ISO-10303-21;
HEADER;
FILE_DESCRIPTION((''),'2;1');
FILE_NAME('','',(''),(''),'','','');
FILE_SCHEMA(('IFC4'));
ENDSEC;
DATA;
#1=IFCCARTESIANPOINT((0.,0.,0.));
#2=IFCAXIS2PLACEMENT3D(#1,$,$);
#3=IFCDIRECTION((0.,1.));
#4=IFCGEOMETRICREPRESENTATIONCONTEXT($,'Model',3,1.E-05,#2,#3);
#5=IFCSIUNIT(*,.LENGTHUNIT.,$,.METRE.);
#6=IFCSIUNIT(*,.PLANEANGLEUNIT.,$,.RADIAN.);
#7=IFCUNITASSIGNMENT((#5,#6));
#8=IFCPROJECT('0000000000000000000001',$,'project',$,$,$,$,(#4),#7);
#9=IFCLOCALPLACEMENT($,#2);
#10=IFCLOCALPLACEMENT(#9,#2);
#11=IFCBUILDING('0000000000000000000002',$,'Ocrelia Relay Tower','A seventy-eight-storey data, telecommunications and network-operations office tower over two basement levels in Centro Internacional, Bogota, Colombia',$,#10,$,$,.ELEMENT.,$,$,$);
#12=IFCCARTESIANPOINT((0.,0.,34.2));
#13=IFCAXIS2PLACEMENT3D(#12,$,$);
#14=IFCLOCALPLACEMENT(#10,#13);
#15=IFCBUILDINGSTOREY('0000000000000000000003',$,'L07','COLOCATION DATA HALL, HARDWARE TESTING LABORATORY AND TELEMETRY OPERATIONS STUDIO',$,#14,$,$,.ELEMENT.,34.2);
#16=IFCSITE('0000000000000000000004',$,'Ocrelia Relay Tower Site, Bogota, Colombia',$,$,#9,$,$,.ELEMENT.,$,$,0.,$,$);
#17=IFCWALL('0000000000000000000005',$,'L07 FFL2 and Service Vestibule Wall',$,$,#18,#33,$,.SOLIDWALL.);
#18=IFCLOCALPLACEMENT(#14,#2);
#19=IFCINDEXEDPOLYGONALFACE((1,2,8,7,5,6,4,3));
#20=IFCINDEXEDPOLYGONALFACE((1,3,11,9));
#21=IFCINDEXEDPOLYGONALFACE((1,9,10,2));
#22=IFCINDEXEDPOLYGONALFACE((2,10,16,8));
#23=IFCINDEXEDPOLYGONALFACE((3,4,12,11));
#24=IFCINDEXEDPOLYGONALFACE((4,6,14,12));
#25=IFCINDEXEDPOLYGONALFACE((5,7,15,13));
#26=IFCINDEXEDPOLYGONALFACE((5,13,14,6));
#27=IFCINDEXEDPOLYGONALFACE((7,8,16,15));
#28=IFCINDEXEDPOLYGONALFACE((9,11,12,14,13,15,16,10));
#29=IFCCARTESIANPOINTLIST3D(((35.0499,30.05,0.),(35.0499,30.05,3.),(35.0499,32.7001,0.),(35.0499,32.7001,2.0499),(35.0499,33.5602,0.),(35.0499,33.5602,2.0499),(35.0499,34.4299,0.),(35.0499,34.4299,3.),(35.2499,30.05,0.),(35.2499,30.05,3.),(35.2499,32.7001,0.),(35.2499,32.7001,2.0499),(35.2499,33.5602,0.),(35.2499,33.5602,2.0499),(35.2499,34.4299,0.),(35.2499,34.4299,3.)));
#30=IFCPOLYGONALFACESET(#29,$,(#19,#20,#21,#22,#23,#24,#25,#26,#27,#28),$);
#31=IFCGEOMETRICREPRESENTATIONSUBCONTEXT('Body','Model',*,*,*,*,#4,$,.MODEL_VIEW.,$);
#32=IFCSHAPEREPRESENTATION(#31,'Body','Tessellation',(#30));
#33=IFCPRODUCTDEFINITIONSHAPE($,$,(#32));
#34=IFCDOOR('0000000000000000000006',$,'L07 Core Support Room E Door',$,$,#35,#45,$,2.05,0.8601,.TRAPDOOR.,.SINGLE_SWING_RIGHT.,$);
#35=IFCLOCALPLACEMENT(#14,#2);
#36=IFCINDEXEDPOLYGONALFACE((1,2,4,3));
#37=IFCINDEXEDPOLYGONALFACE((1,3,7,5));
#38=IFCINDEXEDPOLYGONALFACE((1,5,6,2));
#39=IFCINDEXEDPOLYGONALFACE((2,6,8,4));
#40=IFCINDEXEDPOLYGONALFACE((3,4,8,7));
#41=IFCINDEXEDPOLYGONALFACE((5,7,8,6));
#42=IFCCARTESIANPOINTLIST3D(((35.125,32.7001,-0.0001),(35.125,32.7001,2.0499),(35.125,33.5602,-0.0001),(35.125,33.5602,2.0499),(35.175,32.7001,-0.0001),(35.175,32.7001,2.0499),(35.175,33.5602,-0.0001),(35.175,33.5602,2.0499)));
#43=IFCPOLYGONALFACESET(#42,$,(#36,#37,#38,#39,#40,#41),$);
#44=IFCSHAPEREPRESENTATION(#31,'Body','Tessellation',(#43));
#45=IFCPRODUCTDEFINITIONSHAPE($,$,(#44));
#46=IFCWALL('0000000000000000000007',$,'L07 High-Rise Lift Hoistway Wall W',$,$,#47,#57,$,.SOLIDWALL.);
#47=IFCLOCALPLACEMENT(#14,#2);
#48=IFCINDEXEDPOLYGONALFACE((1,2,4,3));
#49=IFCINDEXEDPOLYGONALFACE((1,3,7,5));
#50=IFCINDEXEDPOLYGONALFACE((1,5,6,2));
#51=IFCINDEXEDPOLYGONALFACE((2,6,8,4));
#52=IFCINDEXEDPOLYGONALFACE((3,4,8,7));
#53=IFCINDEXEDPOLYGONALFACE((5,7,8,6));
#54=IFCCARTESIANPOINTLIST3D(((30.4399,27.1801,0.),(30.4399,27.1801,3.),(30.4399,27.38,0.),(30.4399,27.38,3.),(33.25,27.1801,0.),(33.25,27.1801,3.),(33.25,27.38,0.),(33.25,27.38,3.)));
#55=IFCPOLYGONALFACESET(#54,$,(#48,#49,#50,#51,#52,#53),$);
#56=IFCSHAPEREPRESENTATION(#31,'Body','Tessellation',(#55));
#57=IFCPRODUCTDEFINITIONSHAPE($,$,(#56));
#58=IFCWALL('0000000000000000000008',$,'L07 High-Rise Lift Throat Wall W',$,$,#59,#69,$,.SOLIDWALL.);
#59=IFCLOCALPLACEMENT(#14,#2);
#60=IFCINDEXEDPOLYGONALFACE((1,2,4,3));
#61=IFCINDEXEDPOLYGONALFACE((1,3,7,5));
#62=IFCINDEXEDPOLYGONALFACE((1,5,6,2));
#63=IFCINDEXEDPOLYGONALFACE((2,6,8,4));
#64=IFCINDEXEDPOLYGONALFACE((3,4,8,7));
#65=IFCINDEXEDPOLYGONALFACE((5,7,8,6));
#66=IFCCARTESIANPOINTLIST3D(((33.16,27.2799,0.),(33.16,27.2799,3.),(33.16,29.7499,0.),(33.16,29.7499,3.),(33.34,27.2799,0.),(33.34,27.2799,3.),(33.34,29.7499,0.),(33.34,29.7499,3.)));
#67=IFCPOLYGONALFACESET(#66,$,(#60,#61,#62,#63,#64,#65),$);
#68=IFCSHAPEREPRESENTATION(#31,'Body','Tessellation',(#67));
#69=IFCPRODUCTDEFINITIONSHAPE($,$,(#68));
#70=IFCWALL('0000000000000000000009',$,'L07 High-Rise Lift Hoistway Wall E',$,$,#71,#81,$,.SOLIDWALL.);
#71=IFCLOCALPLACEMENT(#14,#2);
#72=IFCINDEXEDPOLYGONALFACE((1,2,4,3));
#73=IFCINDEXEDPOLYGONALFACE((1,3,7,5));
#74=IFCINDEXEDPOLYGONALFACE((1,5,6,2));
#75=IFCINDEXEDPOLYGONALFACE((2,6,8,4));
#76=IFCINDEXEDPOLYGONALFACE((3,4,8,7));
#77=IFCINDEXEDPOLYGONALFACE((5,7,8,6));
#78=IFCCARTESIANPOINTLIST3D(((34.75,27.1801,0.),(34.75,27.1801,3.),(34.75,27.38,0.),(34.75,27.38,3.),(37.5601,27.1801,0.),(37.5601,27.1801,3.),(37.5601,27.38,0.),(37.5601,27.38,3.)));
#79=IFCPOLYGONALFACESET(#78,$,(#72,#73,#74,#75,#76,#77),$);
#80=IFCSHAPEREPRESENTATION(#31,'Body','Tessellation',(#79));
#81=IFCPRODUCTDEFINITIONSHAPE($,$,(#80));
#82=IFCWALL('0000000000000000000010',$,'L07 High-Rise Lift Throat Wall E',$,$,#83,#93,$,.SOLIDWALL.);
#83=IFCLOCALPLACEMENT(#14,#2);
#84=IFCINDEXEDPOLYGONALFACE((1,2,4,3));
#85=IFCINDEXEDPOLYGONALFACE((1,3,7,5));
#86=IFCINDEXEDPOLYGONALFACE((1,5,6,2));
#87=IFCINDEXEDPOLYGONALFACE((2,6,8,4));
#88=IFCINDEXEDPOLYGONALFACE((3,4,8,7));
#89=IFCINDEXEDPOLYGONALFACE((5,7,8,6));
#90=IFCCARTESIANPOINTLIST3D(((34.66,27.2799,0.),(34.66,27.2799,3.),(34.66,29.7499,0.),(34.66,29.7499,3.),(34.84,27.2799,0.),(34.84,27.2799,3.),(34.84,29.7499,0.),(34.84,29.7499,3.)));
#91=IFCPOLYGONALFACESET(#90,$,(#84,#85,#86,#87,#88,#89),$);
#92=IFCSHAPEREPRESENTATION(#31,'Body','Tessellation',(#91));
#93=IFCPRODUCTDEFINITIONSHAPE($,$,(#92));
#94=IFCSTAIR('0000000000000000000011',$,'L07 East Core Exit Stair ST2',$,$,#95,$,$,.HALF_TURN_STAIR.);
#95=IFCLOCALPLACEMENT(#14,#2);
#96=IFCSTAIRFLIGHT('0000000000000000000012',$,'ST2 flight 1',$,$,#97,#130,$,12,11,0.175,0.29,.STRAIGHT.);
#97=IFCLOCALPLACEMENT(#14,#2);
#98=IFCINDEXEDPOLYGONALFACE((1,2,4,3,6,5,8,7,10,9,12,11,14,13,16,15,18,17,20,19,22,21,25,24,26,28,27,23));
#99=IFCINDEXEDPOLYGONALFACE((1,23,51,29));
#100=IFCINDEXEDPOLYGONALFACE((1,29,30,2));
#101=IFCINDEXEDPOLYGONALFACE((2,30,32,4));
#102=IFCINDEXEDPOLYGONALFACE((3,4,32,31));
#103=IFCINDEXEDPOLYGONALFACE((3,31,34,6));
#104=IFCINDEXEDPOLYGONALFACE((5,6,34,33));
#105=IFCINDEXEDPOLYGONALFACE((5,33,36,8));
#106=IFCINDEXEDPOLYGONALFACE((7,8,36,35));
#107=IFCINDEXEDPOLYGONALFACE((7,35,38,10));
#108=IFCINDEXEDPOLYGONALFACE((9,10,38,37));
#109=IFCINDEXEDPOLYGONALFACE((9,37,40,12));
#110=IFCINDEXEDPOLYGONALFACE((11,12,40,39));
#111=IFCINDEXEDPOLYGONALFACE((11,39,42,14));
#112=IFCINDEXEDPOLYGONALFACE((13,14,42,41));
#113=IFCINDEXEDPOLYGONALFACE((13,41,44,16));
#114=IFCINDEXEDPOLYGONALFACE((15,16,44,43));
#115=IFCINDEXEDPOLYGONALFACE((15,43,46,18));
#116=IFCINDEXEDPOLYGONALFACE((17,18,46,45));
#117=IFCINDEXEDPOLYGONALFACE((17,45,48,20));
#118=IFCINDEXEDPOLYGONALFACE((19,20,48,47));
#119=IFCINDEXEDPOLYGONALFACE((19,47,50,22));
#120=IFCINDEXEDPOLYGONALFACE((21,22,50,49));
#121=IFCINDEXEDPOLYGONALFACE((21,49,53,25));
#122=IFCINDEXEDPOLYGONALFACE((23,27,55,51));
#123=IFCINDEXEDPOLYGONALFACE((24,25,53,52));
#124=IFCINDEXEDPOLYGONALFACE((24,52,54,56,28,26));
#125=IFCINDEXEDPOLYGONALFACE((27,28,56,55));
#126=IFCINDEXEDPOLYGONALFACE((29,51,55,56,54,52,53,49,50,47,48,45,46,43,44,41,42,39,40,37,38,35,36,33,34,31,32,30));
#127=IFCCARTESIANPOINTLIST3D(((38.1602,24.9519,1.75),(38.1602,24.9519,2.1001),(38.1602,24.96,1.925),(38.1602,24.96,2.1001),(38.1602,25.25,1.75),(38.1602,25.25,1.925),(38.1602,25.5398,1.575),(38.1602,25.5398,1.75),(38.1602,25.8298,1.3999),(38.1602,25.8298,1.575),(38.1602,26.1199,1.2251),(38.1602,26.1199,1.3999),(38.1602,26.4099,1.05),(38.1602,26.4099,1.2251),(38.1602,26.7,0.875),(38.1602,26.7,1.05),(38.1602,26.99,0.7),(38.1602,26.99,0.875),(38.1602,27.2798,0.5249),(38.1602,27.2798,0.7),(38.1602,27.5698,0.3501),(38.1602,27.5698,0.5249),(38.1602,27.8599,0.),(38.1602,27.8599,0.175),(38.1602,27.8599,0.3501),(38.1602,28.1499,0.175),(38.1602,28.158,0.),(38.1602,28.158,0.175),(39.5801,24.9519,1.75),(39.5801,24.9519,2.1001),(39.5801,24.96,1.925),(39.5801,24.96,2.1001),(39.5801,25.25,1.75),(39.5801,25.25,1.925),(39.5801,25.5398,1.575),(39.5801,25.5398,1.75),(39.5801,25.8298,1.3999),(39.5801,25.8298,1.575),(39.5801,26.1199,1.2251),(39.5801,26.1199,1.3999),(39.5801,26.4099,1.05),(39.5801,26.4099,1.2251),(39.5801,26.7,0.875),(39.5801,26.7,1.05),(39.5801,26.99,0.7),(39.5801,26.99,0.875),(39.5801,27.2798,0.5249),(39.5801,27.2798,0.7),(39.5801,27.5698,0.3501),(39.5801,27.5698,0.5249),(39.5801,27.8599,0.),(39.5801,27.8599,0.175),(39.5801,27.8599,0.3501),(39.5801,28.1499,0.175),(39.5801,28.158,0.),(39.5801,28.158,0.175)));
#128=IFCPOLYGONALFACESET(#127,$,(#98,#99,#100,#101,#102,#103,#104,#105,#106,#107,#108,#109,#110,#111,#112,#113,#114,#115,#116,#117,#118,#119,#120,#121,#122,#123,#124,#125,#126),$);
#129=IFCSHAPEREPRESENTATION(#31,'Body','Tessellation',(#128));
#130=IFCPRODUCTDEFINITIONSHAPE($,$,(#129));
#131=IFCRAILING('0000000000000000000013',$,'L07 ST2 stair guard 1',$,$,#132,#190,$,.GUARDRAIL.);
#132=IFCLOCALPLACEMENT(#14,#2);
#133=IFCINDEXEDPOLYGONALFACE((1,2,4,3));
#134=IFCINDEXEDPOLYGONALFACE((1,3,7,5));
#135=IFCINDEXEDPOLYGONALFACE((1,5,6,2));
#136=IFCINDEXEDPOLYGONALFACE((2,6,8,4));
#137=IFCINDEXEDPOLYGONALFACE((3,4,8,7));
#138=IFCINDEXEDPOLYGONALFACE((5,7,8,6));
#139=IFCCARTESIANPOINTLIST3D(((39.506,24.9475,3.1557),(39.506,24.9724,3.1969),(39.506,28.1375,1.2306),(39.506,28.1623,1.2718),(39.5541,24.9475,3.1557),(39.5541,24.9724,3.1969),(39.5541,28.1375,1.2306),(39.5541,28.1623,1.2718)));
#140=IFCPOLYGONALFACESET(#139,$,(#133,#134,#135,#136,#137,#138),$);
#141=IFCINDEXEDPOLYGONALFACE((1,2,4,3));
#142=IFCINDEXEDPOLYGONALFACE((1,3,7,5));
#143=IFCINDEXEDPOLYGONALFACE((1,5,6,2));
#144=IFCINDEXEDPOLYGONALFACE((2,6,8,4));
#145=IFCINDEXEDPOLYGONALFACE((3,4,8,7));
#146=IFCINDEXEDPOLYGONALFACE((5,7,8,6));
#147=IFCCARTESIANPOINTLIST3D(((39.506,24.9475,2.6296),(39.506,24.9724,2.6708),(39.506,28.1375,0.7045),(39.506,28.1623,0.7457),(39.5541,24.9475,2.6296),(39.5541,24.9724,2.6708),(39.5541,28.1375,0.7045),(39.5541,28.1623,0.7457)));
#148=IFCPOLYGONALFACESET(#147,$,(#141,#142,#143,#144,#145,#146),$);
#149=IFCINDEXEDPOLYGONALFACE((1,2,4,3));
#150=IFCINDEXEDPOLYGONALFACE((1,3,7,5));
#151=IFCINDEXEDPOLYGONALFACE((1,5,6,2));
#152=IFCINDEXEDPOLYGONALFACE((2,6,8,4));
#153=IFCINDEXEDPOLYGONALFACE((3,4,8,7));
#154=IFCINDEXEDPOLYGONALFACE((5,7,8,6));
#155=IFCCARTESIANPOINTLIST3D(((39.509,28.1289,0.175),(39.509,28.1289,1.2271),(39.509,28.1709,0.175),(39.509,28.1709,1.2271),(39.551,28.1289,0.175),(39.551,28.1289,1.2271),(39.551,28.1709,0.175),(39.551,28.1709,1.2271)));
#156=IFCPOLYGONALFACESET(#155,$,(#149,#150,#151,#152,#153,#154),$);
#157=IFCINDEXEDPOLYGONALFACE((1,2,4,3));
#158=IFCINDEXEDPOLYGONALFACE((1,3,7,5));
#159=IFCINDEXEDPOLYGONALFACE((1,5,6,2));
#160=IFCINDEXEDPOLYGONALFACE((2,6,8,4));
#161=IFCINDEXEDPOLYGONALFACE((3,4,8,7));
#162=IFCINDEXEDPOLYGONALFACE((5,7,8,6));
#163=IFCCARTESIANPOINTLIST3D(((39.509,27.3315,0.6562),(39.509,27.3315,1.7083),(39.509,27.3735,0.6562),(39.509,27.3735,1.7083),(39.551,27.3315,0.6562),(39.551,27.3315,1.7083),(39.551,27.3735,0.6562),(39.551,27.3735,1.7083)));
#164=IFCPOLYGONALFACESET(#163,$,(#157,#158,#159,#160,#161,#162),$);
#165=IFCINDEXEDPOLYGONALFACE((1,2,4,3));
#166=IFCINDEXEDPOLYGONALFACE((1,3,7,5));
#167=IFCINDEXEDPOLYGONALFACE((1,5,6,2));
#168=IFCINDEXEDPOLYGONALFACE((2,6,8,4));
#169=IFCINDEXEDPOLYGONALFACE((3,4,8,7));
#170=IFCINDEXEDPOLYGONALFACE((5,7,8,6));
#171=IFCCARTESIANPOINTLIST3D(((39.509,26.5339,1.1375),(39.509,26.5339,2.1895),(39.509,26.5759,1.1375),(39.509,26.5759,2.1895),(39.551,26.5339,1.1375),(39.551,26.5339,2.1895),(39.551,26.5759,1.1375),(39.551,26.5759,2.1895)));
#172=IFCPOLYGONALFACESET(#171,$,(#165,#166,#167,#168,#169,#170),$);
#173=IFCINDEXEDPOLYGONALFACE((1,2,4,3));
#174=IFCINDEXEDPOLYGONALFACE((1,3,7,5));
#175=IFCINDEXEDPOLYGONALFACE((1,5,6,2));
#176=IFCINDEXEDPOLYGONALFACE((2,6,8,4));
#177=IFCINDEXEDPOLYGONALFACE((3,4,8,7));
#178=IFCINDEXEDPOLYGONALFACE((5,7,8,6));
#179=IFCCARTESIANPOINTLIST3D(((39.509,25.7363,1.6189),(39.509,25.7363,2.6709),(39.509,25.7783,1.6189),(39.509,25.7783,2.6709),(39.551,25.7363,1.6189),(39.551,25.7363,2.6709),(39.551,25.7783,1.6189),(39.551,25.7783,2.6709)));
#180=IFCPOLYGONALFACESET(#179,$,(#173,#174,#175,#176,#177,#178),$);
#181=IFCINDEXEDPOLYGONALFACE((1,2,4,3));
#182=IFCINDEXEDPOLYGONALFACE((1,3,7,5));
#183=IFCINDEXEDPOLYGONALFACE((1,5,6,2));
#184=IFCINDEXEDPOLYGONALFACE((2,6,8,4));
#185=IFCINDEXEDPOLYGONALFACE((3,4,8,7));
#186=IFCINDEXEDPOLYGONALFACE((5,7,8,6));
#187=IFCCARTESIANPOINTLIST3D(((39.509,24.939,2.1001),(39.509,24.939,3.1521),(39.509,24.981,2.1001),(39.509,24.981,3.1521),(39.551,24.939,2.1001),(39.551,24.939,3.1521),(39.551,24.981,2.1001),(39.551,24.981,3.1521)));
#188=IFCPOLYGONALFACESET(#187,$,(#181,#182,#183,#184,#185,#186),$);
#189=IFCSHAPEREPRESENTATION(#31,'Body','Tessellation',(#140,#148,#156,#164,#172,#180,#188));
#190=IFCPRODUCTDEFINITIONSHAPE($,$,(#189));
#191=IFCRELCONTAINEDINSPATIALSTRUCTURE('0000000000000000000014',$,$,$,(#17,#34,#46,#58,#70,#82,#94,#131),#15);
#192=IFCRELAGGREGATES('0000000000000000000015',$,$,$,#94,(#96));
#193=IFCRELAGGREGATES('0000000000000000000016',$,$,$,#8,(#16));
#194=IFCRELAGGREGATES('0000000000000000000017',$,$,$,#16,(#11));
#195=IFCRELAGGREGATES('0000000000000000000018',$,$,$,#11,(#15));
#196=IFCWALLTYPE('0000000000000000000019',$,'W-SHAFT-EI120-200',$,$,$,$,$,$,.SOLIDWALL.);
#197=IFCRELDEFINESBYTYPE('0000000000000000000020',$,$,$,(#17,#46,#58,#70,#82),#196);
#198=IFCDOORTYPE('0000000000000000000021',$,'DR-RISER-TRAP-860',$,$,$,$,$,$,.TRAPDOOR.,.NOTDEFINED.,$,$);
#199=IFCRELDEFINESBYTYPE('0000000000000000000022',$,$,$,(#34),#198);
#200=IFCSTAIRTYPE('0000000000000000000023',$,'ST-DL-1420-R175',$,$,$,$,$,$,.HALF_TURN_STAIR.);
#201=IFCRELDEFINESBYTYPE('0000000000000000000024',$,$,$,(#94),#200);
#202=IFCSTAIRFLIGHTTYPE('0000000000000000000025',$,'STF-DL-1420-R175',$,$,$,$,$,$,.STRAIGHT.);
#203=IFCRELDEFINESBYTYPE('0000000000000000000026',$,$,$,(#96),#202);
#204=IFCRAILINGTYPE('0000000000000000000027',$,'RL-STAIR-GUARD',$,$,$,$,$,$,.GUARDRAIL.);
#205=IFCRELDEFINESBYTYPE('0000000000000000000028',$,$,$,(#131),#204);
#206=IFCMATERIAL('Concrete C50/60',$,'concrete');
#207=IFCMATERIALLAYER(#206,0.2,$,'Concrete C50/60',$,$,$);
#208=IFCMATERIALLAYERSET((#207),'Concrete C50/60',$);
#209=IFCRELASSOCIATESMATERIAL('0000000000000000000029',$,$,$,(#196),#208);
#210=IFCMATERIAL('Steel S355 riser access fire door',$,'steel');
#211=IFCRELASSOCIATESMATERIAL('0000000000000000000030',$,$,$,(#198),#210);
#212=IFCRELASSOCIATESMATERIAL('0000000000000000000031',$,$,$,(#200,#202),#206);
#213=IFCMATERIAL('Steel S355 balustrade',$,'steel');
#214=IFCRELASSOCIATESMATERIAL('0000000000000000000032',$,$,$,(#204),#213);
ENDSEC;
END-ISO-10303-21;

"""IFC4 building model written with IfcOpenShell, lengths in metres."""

from ifc_helpers import new_model, si_unit, direction, frame, frame_2d, origin, origin_2d, place, context, subcontext, project, spatial, polyline, rectangle, outline, extrude, material, layer, layer_set, type_object, element, fill, aggregate, save


model = new_model("IFC4")

# Units and contexts
model_context = context("Model", 3, precision=1e-05, world=origin(), true_north=direction((0.0, 1.0)))
body_context = subcontext(model_context, "Body", "Model", "MODEL_VIEW")
ifc_project = project(units=[si_unit("LENGTHUNIT", "METRE"), si_unit("PLANEANGLEUNIT", "RADIAN")], contexts=[model_context])

# Site, building, storey
site_placement = place(None, origin())
site = spatial("IfcSite", under=ifc_project, at=site_placement, Name="Ocrelia Relay Tower Site, Bogota, Colombia", CompositionType="ELEMENT", RefElevation=0.0)
building_placement = place(site_placement, origin())
building = spatial("IfcBuilding", under=site, at=building_placement, Name="Ocrelia Relay Tower", Description="A seventy-eight-storey data, telecommunications and network-operations office tower over two basement levels in Centro Internacional, Bogota, Colombia", CompositionType="ELEMENT")
storey_placement = place(building_placement, frame((0.0, 0.0, 34.2)))
storey = spatial("IfcBuildingStorey", under=building, at=storey_placement, Name="L07", Description="COLOCATION DATA HALL, HARDWARE TESTING LABORATORY AND TELEMETRY OPERATIONS STUDIO", CompositionType="ELEMENT", Elevation=34.2)

# Shared definitions
ifc_material_1 = material(Name="Concrete C50/60", Category="concrete")

# Shared definitions
ifc_layer_1 = layer(ifc_material_1, 0.2, Name="Concrete C50/60")
ifc_layer_set_1 = layer_set([ifc_layer_1], Name="Concrete C50/60")
wall_type_1 = type_object("IfcWallType", Name="W-SHAFT-EI120-200", PredefinedType="SOLIDWALL", material=ifc_layer_set_1)
ifc_material_2 = material(Name="Steel S355 riser access fire door", Category="steel")
door_type_1 = type_object("IfcDoorType", Name="DR-RISER-TRAP-860", OperationType="NOTDEFINED", PredefinedType="TRAPDOOR", material=ifc_material_2)

# Wall, opening, door
wall_1_placement = place(storey_placement, frame((35.1499, 30.05, 0.0), z_axis=(0.0, 0.0, 1.0), x_axis=(0.0, 1.0, 0.0)))
wall_1 = element("IfcWall", 1, at=wall_1_placement, inside=storey, type_object=wall_type_1, Name="L07 FFL2 and Service Vestibule Wall", PredefinedType="SOLIDWALL", context=body_context, shape_type="SweptSolid", body=[
    extrude(rectangle(XDim=4.3799, YDim=0.2, at=frame_2d((2.1899, 0.0))), origin(), (0.0, 0.0, 1.0), 3.0),
])
opening_1_placement = place(wall_1_placement, frame((2.6499, 0.0, 0.0)))
opening_1 = element("IfcOpeningElement", 2, at=opening_1_placement, cuts=wall_1, PredefinedType="OPENING", context=body_context, shape_type="SweptSolid", body=[
    extrude(rectangle(XDim=0.8601, YDim=2.05, at=frame_2d((0.4302, 1.0249))), frame((0.0, 0.1099, 0.0), z_axis=(0.0, -1.0, 0.0), x_axis=(1.0, 0.0, 0.0)), (0.0, 0.0, 1.0), 0.22),
])
door_1_placement = place(opening_1_placement, origin())
door_1 = element("IfcDoor", 3, at=door_1_placement, inside=storey, type_object=door_type_1, Name="L07 Core Support Room E Door", OperationType="SINGLE_SWING_RIGHT", OverallHeight=2.05, OverallWidth=0.8601, PredefinedType="TRAPDOOR", context=body_context, shape_type="SweptSolid", body=[
    extrude(rectangle(XDim=0.8601, YDim=2.05, at=frame_2d((0.4302, 1.0249))), frame((0.0, 0.0249, 0.0), z_axis=(0.0, -1.0, 0.0), x_axis=(1.0, 0.0, 0.0)), (0.0, 0.0, 1.0), 0.05),
])
fill(opening_1, door_1)

# Walls
wall_2_placement = place(storey_placement, frame((30.4399, 27.28, 0.0), z_axis=(0.0, 0.0, 1.0), x_axis=(1.0, 0.0, 0.0)))
element("IfcWall", 4, at=wall_2_placement, inside=storey, type_object=wall_type_1, Name="L07 High-Rise Lift Hoistway Wall W", PredefinedType="SOLIDWALL", context=body_context, shape_type="SweptSolid", body=[
    extrude(rectangle(XDim=2.8101, YDim=0.2, at=frame_2d((1.405, 0.0))), origin(), (0.0, 0.0, 1.0), 3.0),
])
wall_3_placement = place(storey_placement, frame((33.25, 27.28, 0.0), z_axis=(0.0, 0.0, 1.0), x_axis=(0.0, 1.0, 0.0)))
element("IfcWall", 5, at=wall_3_placement, inside=storey, type_object=wall_type_1, Name="L07 High-Rise Lift Throat Wall W", PredefinedType="SOLIDWALL", context=body_context, shape_type="SweptSolid", body=[
    extrude(rectangle(XDim=2.47, YDim=0.1799, at=frame_2d((1.2349, 0.0))), origin(), (0.0, 0.0, 1.0), 3.0),
])
wall_4_placement = place(storey_placement, frame((34.75, 27.28, 0.0), z_axis=(0.0, 0.0, 1.0), x_axis=(1.0, 0.0, 0.0)))
element("IfcWall", 6, at=wall_4_placement, inside=storey, type_object=wall_type_1, Name="L07 High-Rise Lift Hoistway Wall E", PredefinedType="SOLIDWALL", context=body_context, shape_type="SweptSolid", body=[
    extrude(rectangle(XDim=2.8101, YDim=0.2, at=frame_2d((1.405, 0.0))), origin(), (0.0, 0.0, 1.0), 3.0),
])
wall_5_placement = place(storey_placement, frame((34.75, 27.28, 0.0), z_axis=(0.0, 0.0, 1.0), x_axis=(0.0, 1.0, 0.0)))
element("IfcWall", 7, at=wall_5_placement, inside=storey, type_object=wall_type_1, Name="L07 High-Rise Lift Throat Wall E", PredefinedType="SOLIDWALL", context=body_context, shape_type="SweptSolid", body=[
    extrude(rectangle(XDim=2.47, YDim=0.1799, at=frame_2d((1.2349, 0.0))), origin(), (0.0, 0.0, 1.0), 3.0),
])

# Stair, stair flight
stair_type = type_object("IfcStairType", Name="ST-DL-1420-R175", PredefinedType="HALF_TURN_STAIR", material=ifc_material_1)
stair_placement = place(storey_placement, origin())
stair = element("IfcStair", 8, at=stair_placement, inside=storey, type_object=stair_type, Name="L07 East Core Exit Stair ST2", PredefinedType="HALF_TURN_STAIR")
stair_flight_type = type_object("IfcStairFlightType", Name="STF-DL-1420-R175", PredefinedType="STRAIGHT", material=ifc_material_1)
stair_flight_placement = place(storey_placement, frame((38.8701, 28.1499, 0.0), z_axis=(0.0, 0.0, 1.0), x_axis=(0.0, -1.0, 0.0)))
stair_flight = element("IfcStairFlight", 9, at=stair_flight_placement, type_object=stair_flight_type, Name="ST2 flight 1", NumberOfRisers=12, NumberOfTreads=11, PredefinedType="STRAIGHT", RiserHeight=0.175, TreadLength=0.29, context=body_context, shape_type="SweptSolid", body=[
    extrude(outline(polyline([(-0.0081, 0.0), (-0.0081, 0.175), (0.0, 0.175), (0.29, 0.175), (0.29, 0.3501), (0.5801, 0.3501), (0.5801, 0.5249), (0.8701, 0.5249), (0.8701, 0.7), (1.1599, 0.7), (1.1599, 0.875), (1.45, 0.875), (1.45, 1.05), (1.74, 1.05), (1.74, 1.2251), (2.03, 1.2251), (2.03, 1.3999), (2.3201, 1.3999), (2.3201, 1.575), (2.6101, 1.575), (2.6101, 1.75), (2.8999, 1.75), (2.8999, 1.925), (3.1899, 1.925), (3.1899, 2.1001), (3.198, 2.1001), (3.198, 1.75), (0.29, 0.0), (-0.0081, 0.0)])), frame((0.0, 0.71, 0.0), z_axis=(0.0, -1.0, 0.0), x_axis=(1.0, 0.0, 0.0)), (0.0, 0.0, 1.0), 1.4199),
])
aggregate(stair, [stair_flight])

# Railing
ifc_material_3 = material(Name="Steel S355 balustrade", Category="steel")
railing_type_1 = type_object("IfcRailingType", Name="RL-STAIR-GUARD", PredefinedType="GUARDRAIL", material=ifc_material_3)
railing_1_placement = place(storey_placement, frame((39.53, 28.1499, 0.175)))
element("IfcRailing", 10, at=railing_1_placement, inside=storey, type_object=railing_type_1, Name="L07 ST2 stair guard 1", PredefinedType="GUARDRAIL", context=body_context, shape_type="SweptSolid", body=[
    extrude(rectangle(XDim=0.0481, YDim=0.0481, at=origin_2d()), frame((0.0, 0.0, 1.0762), z_axis=(0.0, -0.856178, 0.516682), x_axis=(1.0, 0.0, 0.0)), (0.0, 0.0, 1.0), 3.7258),
    extrude(rectangle(XDim=0.0481, YDim=0.0481, at=origin_2d()), frame((0.0, 0.0, 0.55), z_axis=(0.0, -0.856178, 0.516682), x_axis=(1.0, 0.0, 0.0)), (0.0, 0.0, 1.0), 3.7258),
    extrude(rectangle(XDim=0.042, YDim=0.042, at=origin_2d()), origin(), (0.0, 0.0, 1.0), 1.052),
    extrude(rectangle(XDim=0.042, YDim=0.042, at=origin_2d()), frame((0.0, -0.7974, 0.4812)), (0.0, 0.0, 1.0), 1.052),
    extrude(rectangle(XDim=0.042, YDim=0.042, at=origin_2d()), frame((0.0, -1.595, 0.9624)), (0.0, 0.0, 1.0), 1.052),
    extrude(rectangle(XDim=0.042, YDim=0.042, at=origin_2d()), frame((0.0, -2.3926, 1.4438)), (0.0, 0.0, 1.0), 1.052),
    extrude(rectangle(XDim=0.042, YDim=0.042, at=origin_2d()), frame((0.0, -3.1899, 1.925)), (0.0, 0.0, 1.0), 1.052),
])

save(model, "model.ifc")
